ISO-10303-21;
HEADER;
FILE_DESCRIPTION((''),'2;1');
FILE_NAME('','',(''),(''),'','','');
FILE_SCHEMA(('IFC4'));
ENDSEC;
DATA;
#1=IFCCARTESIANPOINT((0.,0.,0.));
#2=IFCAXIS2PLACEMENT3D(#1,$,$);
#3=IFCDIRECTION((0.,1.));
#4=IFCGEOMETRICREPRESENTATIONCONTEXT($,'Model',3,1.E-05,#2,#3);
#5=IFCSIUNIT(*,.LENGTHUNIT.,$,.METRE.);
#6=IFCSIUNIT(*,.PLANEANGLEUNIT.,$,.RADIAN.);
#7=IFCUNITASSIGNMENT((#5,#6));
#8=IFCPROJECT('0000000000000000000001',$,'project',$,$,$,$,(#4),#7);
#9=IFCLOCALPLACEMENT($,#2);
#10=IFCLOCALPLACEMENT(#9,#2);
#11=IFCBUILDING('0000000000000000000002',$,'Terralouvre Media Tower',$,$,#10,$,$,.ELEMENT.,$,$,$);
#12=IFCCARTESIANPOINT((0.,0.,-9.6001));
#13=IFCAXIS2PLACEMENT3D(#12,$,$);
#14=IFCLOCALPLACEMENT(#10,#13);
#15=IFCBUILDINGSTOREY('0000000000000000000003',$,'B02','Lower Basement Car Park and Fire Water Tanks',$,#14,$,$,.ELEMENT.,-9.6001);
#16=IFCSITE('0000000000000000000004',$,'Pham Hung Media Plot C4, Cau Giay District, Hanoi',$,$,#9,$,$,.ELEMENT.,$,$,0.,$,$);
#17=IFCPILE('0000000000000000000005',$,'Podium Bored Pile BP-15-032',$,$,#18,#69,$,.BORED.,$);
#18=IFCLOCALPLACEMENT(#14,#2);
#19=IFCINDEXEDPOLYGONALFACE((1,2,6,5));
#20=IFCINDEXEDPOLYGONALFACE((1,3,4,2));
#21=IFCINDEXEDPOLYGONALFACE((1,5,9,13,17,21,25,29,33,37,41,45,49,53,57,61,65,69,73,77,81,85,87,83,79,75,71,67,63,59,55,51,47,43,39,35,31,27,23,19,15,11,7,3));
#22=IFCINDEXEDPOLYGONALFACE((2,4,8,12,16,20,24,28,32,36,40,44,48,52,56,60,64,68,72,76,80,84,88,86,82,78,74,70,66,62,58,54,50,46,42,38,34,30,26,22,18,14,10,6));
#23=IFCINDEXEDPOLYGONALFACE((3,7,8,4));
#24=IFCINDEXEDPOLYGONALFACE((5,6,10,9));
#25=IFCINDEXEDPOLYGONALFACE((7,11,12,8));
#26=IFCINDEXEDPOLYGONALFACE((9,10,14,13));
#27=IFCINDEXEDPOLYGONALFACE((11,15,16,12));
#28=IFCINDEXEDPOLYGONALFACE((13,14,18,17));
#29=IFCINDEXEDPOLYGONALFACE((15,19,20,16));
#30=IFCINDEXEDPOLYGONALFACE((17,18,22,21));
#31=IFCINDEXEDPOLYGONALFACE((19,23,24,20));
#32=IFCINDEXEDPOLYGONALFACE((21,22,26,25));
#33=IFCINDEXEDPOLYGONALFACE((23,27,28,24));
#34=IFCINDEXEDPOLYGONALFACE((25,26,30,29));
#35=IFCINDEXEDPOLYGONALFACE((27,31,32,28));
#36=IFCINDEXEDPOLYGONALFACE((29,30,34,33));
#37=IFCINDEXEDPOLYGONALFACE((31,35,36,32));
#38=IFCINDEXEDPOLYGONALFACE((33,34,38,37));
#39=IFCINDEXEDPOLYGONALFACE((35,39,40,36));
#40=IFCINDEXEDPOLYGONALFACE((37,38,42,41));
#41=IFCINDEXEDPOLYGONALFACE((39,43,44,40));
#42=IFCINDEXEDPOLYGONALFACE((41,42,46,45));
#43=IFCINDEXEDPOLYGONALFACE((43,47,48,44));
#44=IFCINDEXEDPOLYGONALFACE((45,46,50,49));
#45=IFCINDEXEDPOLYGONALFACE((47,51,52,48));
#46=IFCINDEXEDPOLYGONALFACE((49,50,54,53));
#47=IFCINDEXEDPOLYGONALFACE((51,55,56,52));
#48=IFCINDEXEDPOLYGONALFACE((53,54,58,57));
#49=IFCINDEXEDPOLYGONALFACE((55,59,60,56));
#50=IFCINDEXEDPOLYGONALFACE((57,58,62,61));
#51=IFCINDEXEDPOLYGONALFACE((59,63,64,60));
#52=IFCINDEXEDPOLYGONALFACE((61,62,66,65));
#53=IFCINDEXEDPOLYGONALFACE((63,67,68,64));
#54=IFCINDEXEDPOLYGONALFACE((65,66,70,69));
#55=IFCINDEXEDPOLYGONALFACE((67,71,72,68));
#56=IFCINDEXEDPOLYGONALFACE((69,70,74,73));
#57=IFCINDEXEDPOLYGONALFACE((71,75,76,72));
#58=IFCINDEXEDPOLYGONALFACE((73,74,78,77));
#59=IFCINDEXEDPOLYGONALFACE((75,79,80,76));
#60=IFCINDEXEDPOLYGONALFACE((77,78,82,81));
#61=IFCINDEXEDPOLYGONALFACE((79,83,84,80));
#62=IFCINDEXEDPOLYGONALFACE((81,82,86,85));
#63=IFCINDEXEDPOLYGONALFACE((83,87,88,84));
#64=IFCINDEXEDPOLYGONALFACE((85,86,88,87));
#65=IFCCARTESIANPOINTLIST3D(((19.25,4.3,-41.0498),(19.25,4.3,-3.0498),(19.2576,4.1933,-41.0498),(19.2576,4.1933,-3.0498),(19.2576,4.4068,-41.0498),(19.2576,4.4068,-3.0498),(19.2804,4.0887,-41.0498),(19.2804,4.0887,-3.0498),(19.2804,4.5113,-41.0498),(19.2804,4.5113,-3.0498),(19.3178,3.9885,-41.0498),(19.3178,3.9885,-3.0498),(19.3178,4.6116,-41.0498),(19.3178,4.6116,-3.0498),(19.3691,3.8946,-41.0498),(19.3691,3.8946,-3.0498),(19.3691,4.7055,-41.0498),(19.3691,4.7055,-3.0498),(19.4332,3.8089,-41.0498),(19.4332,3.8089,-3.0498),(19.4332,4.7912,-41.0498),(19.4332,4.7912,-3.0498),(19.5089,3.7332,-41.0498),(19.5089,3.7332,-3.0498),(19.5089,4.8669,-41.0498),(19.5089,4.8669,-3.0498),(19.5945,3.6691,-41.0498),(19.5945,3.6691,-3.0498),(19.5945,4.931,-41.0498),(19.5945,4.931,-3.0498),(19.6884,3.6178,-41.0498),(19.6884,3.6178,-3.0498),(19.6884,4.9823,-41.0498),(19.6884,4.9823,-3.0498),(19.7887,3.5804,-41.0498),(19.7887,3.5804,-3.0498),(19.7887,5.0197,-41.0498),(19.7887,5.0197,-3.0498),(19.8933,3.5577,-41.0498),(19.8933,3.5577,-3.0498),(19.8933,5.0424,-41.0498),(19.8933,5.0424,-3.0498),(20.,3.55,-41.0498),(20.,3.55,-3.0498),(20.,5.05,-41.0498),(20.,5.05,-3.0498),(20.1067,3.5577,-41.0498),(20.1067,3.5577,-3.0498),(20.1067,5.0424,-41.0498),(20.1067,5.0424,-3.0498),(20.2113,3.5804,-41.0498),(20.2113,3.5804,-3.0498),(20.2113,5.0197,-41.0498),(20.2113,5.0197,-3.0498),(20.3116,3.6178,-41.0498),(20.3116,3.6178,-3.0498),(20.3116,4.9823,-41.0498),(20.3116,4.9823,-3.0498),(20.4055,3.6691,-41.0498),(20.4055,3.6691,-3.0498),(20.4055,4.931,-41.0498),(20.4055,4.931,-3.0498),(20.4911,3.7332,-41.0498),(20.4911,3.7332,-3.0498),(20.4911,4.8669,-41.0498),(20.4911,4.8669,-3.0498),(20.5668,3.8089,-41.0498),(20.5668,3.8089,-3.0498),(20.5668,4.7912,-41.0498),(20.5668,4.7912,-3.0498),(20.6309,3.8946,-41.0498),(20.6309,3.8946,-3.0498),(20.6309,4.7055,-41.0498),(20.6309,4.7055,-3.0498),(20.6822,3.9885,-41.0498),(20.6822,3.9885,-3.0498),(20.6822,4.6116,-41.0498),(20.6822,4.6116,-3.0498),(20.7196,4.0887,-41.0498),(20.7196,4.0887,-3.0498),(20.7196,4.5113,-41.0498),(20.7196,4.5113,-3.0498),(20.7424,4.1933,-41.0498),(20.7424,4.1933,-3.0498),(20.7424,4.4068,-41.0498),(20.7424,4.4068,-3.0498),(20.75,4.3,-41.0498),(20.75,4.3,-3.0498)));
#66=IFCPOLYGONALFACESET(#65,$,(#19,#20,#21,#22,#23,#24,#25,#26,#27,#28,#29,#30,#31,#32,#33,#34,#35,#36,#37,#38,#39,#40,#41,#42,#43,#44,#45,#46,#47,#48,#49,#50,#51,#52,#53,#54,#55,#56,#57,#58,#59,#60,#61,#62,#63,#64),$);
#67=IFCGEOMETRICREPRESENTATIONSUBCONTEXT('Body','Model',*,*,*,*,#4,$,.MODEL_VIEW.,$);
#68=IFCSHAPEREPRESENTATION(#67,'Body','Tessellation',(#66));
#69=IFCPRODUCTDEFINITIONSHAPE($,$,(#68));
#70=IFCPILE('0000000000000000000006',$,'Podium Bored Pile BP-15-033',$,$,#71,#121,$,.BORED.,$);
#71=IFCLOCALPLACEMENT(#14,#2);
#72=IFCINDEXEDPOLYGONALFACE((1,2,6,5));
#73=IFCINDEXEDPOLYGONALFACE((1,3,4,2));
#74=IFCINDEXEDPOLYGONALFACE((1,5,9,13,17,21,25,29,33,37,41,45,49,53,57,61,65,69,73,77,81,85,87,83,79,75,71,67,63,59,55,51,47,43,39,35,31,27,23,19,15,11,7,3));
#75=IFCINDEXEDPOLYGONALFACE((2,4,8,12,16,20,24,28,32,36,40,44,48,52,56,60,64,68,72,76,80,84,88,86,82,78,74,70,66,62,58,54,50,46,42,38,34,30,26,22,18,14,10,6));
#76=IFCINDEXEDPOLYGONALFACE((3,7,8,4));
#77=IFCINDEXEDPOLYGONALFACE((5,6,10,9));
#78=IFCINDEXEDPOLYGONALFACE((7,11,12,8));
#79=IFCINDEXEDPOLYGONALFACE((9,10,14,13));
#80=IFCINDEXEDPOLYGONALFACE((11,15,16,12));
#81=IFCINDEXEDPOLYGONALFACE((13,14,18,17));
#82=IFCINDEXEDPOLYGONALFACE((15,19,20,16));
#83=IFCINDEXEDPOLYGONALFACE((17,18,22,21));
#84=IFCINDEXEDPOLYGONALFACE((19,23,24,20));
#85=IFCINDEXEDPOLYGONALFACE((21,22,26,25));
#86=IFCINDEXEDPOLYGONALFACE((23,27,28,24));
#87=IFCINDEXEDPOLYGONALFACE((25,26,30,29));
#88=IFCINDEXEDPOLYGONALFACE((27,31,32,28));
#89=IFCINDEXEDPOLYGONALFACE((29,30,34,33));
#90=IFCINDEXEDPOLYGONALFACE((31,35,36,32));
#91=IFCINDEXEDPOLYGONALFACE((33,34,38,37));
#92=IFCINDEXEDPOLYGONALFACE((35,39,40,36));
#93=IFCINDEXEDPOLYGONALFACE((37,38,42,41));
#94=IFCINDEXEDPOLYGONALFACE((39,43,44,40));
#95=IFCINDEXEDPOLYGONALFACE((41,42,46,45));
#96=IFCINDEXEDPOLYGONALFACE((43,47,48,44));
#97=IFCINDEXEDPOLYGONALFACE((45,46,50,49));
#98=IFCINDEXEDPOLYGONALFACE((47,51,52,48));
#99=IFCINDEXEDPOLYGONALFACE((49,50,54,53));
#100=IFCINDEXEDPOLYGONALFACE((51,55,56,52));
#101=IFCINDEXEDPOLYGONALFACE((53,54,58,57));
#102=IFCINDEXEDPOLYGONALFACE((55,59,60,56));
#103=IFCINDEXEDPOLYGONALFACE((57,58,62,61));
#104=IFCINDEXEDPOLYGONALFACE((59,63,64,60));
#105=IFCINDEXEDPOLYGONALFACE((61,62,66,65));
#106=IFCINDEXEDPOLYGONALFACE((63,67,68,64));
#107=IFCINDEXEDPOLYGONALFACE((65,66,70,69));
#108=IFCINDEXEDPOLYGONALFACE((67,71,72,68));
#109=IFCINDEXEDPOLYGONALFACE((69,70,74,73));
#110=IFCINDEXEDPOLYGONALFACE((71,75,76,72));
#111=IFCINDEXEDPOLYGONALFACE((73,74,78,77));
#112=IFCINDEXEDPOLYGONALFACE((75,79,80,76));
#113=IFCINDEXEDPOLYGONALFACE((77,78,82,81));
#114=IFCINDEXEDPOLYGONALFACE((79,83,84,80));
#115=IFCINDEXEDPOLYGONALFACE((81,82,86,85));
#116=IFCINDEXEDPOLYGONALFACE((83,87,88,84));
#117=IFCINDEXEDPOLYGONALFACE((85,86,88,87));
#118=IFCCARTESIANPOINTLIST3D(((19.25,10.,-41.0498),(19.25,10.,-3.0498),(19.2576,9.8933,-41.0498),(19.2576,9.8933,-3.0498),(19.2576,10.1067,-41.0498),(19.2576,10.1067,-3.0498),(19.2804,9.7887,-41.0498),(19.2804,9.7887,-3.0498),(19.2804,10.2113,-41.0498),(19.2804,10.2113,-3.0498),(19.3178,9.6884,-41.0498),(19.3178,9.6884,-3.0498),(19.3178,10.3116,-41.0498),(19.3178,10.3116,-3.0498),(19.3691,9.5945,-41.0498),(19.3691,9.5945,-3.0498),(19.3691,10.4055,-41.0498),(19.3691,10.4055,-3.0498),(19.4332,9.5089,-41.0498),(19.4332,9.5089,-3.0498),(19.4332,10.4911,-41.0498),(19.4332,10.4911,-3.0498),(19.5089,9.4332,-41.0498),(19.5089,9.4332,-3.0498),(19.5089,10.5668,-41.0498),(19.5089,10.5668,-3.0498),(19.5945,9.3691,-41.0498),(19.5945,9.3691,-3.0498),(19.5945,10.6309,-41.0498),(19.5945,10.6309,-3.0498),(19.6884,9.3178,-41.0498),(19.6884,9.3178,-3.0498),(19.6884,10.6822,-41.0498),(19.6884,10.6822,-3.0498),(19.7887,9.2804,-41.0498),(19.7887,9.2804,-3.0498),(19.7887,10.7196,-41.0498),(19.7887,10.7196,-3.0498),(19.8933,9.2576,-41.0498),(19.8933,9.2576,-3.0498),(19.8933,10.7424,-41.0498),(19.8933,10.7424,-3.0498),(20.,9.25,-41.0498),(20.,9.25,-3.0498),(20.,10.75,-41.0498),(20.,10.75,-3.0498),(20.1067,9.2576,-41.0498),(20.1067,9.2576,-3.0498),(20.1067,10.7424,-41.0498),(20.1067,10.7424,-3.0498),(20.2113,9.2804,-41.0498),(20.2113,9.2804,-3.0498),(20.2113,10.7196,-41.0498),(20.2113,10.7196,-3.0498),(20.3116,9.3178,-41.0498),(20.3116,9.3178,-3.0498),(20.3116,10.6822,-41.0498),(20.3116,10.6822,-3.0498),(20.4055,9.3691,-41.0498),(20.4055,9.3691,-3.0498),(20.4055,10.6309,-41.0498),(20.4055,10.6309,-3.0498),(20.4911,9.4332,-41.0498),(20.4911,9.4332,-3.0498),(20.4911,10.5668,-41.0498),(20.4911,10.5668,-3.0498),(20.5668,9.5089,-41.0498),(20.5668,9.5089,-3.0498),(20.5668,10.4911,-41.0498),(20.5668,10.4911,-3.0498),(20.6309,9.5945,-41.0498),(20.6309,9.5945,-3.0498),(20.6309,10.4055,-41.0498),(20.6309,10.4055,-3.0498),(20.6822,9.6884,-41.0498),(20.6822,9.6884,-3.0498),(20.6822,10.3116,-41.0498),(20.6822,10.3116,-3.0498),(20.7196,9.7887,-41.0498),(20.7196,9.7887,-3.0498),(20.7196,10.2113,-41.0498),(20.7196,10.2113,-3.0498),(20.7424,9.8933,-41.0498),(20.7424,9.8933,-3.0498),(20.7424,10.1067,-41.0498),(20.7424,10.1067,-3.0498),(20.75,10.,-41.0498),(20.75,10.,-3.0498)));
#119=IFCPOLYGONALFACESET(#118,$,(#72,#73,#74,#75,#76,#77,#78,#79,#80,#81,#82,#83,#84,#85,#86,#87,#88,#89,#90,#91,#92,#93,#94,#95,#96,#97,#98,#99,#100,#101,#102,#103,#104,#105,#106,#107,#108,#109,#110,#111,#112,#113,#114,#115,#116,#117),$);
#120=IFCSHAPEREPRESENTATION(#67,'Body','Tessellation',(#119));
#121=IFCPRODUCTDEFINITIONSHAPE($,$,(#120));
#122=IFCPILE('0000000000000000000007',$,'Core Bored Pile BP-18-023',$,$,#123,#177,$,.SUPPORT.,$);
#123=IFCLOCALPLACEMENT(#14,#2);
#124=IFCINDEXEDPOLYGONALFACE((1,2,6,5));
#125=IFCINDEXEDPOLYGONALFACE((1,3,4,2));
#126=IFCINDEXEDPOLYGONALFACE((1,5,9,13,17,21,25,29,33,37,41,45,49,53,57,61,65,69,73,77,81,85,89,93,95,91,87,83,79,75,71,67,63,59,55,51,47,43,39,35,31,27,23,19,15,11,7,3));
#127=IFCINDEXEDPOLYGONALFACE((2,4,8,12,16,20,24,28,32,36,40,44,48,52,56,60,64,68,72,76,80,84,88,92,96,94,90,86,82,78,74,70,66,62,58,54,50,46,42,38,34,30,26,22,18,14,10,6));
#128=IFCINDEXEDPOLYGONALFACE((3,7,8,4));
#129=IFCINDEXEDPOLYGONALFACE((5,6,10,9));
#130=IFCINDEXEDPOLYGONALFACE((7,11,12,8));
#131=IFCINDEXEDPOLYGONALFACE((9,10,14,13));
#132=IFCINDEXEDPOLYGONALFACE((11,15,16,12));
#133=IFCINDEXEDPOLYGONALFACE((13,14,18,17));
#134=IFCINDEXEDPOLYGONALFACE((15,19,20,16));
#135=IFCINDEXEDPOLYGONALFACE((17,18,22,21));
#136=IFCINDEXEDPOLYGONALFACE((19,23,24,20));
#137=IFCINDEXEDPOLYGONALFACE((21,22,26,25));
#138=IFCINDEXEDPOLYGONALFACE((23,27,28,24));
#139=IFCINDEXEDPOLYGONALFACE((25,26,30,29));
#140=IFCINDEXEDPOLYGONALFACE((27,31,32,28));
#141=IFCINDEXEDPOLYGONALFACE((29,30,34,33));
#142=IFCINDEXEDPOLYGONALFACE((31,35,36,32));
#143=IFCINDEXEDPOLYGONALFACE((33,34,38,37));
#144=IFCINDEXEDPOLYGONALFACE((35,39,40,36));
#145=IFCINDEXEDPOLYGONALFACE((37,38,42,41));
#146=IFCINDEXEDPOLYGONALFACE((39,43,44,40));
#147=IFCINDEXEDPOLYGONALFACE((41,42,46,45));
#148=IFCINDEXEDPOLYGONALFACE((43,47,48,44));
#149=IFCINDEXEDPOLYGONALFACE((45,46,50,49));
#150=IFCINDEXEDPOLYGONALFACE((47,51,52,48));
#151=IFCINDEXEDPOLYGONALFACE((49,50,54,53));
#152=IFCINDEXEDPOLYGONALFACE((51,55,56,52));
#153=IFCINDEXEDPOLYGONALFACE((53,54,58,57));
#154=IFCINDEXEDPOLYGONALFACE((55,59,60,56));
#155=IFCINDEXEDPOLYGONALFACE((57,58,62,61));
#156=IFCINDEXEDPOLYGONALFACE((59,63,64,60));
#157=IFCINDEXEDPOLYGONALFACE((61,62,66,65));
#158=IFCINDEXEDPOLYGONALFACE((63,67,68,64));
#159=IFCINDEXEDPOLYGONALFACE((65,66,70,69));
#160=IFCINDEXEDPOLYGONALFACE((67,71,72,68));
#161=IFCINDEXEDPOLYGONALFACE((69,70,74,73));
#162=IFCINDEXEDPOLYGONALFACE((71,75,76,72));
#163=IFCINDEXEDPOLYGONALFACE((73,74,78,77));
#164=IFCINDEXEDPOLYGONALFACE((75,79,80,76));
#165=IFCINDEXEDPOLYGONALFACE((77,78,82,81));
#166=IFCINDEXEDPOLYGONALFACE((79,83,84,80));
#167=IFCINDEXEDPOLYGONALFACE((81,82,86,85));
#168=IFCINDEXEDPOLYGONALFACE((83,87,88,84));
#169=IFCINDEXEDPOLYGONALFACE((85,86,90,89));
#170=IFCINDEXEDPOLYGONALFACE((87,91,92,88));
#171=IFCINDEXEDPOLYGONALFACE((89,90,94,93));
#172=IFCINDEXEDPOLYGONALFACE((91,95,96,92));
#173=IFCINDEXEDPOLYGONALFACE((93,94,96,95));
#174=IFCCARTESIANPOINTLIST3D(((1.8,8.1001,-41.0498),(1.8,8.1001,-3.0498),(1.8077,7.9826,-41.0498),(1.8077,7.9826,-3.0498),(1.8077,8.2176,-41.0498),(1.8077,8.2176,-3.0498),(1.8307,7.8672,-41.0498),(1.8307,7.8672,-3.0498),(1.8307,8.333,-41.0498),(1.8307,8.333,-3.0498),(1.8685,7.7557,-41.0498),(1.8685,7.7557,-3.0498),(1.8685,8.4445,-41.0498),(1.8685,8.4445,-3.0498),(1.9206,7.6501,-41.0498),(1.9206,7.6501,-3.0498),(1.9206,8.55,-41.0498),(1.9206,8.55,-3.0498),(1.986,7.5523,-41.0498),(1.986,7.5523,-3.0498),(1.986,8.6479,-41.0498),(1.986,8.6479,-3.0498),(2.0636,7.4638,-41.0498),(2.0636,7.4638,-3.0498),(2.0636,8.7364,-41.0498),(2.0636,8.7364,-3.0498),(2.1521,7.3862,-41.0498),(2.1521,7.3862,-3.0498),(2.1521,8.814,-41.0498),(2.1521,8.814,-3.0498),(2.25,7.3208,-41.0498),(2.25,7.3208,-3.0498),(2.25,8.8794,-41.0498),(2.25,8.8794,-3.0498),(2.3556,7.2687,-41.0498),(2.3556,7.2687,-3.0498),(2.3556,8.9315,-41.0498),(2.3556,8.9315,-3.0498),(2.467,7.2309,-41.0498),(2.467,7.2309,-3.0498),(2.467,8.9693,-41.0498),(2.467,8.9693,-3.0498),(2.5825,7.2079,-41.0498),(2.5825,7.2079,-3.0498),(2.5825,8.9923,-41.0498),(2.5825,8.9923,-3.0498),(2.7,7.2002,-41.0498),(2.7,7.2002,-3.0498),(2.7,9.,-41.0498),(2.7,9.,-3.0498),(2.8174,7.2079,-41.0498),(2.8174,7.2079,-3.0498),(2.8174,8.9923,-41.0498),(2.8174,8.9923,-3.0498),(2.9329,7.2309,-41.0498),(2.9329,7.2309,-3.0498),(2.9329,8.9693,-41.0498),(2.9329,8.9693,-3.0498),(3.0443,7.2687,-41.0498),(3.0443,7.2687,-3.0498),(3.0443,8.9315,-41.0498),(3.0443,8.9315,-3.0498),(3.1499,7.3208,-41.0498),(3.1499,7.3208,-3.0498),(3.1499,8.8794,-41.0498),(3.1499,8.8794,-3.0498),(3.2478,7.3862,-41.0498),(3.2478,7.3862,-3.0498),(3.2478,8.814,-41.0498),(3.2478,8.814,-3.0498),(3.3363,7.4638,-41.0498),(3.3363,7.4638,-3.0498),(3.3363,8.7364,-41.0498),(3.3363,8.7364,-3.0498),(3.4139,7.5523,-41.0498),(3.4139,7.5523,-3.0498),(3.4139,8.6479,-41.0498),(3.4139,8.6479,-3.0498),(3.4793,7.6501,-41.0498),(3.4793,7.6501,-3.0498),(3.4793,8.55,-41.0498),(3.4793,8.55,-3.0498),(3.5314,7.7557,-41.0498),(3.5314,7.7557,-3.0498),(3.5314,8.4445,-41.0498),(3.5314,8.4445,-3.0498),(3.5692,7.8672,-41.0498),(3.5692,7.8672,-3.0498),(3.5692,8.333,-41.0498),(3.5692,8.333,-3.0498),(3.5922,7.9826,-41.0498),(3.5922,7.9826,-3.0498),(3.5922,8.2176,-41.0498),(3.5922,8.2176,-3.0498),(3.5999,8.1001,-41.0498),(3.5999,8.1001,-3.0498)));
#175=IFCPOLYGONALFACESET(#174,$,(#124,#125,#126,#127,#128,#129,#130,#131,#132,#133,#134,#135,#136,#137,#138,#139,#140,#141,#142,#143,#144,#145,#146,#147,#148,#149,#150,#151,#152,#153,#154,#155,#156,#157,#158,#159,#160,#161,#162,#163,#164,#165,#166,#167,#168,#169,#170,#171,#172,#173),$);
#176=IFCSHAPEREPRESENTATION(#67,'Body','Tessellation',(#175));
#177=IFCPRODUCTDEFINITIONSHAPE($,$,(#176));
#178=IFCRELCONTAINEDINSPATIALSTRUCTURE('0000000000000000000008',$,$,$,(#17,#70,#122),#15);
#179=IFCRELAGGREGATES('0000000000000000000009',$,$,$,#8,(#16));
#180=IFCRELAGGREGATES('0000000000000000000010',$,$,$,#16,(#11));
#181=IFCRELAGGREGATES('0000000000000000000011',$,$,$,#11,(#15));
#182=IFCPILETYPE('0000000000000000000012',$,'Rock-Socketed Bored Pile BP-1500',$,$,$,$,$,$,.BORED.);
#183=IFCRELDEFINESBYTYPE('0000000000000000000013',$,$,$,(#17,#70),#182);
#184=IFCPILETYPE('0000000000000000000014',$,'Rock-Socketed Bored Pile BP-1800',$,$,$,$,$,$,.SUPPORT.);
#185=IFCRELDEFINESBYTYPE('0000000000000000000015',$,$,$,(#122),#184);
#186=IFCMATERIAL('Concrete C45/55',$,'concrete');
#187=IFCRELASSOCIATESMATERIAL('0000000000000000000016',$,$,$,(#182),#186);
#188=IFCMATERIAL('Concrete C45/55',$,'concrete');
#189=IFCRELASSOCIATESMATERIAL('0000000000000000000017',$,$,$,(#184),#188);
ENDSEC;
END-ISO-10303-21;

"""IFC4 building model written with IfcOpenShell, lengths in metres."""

from ifc_helpers import new_model, si_unit, direction, frame, origin, origin_2d, place, context, subcontext, project, spatial, circle, extrude, material, material_profile, profile_set, type_object, element, save


model = new_model("IFC4")

# Units and contexts
model_context = context("Model", 3, precision=1e-05, world=origin(), true_north=direction((0.0, 1.0)))
body_context = subcontext(model_context, "Body", "Model", "MODEL_VIEW")
ifc_project = project(units=[si_unit("LENGTHUNIT", "METRE"), si_unit("PLANEANGLEUNIT", "RADIAN")], contexts=[model_context])

# Site, building, storey
site_placement = place(None, origin())
site = spatial("IfcSite", under=ifc_project, at=site_placement, Name="Pham Hung Media Plot C4, Cau Giay District, Hanoi", CompositionType="ELEMENT", RefElevation=0.0)
building_placement = place(site_placement, origin())
building = spatial("IfcBuilding", under=site, at=building_placement, Name="Terralouvre Media Tower", CompositionType="ELEMENT")
storey_placement = place(building_placement, frame((0.0, 0.0, -9.6001)))
storey = spatial("IfcBuildingStorey", under=building, at=storey_placement, Name="B02", Description="Lower Basement Car Park and Fire Water Tanks", CompositionType="ELEMENT", Elevation=-9.6001)

# Piles
ifc_material_1 = material(Name="Concrete C45/55", Category="concrete")
ifc_material_profile_1 = material_profile(ifc_material_1, circle(Radius=0.75, at=origin_2d()), Name="BORED PILE 1500")
ifc_profile_set_1 = profile_set([ifc_material_profile_1], Name="Concrete C45/55")
pile_type_1 = type_object("IfcPileType", Name="Rock-Socketed Bored Pile BP-1500", PredefinedType="BORED", material=ifc_profile_set_1)
for number, where, z_axis, x_axis, name in (
    (1, (20.0, 4.3, -3.0498), (0.0, 0.0, -1.0), (1.0, 0.0, 0.0), "Podium Bored Pile BP-15-032"),
    (2, (20.0, 10.0, -3.0498), (0.0, 0.0, -1.0), (1.0, 0.0, 0.0), "Podium Bored Pile BP-15-033"),
):
    element("IfcPile", number, at=place(storey_placement, frame(where, z_axis=z_axis, x_axis=x_axis)), inside=storey, type_object=pile_type_1, Name=name, PredefinedType="BORED", context=body_context, shape_type="SweptSolid", body=[
        extrude(circle(Radius=0.75, at=origin_2d()), origin(), (0.0, 0.0, 1.0), 38.0),
    ])
ifc_material_2 = material(Name="Concrete C45/55", Category="concrete")
ifc_material_profile_2 = material_profile(ifc_material_2, circle(Radius=0.8999, at=origin_2d()), Name="BORED PILE 1800")
ifc_profile_set_2 = profile_set([ifc_material_profile_2], Name="Concrete C45/55")
pile_type_2 = type_object("IfcPileType", Name="Rock-Socketed Bored Pile BP-1800", PredefinedType="SUPPORT", material=ifc_profile_set_2)
for number, where, z_axis, x_axis, name in (
    (3, (2.7, 8.1001, -3.0498), (0.0, 0.0, -1.0), (1.0, 0.0, 0.0), "Core Bored Pile BP-18-023"),
):
    element("IfcPile", number, at=place(storey_placement, frame(where, z_axis=z_axis, x_axis=x_axis)), inside=storey, type_object=pile_type_2, Name=name, PredefinedType="SUPPORT", context=body_context, shape_type="SweptSolid", body=[
        extrude(circle(Radius=0.8999, at=origin_2d()), origin(), (0.0, 0.0, 1.0), 38.0),
    ])

save(model, "model.ifc")
